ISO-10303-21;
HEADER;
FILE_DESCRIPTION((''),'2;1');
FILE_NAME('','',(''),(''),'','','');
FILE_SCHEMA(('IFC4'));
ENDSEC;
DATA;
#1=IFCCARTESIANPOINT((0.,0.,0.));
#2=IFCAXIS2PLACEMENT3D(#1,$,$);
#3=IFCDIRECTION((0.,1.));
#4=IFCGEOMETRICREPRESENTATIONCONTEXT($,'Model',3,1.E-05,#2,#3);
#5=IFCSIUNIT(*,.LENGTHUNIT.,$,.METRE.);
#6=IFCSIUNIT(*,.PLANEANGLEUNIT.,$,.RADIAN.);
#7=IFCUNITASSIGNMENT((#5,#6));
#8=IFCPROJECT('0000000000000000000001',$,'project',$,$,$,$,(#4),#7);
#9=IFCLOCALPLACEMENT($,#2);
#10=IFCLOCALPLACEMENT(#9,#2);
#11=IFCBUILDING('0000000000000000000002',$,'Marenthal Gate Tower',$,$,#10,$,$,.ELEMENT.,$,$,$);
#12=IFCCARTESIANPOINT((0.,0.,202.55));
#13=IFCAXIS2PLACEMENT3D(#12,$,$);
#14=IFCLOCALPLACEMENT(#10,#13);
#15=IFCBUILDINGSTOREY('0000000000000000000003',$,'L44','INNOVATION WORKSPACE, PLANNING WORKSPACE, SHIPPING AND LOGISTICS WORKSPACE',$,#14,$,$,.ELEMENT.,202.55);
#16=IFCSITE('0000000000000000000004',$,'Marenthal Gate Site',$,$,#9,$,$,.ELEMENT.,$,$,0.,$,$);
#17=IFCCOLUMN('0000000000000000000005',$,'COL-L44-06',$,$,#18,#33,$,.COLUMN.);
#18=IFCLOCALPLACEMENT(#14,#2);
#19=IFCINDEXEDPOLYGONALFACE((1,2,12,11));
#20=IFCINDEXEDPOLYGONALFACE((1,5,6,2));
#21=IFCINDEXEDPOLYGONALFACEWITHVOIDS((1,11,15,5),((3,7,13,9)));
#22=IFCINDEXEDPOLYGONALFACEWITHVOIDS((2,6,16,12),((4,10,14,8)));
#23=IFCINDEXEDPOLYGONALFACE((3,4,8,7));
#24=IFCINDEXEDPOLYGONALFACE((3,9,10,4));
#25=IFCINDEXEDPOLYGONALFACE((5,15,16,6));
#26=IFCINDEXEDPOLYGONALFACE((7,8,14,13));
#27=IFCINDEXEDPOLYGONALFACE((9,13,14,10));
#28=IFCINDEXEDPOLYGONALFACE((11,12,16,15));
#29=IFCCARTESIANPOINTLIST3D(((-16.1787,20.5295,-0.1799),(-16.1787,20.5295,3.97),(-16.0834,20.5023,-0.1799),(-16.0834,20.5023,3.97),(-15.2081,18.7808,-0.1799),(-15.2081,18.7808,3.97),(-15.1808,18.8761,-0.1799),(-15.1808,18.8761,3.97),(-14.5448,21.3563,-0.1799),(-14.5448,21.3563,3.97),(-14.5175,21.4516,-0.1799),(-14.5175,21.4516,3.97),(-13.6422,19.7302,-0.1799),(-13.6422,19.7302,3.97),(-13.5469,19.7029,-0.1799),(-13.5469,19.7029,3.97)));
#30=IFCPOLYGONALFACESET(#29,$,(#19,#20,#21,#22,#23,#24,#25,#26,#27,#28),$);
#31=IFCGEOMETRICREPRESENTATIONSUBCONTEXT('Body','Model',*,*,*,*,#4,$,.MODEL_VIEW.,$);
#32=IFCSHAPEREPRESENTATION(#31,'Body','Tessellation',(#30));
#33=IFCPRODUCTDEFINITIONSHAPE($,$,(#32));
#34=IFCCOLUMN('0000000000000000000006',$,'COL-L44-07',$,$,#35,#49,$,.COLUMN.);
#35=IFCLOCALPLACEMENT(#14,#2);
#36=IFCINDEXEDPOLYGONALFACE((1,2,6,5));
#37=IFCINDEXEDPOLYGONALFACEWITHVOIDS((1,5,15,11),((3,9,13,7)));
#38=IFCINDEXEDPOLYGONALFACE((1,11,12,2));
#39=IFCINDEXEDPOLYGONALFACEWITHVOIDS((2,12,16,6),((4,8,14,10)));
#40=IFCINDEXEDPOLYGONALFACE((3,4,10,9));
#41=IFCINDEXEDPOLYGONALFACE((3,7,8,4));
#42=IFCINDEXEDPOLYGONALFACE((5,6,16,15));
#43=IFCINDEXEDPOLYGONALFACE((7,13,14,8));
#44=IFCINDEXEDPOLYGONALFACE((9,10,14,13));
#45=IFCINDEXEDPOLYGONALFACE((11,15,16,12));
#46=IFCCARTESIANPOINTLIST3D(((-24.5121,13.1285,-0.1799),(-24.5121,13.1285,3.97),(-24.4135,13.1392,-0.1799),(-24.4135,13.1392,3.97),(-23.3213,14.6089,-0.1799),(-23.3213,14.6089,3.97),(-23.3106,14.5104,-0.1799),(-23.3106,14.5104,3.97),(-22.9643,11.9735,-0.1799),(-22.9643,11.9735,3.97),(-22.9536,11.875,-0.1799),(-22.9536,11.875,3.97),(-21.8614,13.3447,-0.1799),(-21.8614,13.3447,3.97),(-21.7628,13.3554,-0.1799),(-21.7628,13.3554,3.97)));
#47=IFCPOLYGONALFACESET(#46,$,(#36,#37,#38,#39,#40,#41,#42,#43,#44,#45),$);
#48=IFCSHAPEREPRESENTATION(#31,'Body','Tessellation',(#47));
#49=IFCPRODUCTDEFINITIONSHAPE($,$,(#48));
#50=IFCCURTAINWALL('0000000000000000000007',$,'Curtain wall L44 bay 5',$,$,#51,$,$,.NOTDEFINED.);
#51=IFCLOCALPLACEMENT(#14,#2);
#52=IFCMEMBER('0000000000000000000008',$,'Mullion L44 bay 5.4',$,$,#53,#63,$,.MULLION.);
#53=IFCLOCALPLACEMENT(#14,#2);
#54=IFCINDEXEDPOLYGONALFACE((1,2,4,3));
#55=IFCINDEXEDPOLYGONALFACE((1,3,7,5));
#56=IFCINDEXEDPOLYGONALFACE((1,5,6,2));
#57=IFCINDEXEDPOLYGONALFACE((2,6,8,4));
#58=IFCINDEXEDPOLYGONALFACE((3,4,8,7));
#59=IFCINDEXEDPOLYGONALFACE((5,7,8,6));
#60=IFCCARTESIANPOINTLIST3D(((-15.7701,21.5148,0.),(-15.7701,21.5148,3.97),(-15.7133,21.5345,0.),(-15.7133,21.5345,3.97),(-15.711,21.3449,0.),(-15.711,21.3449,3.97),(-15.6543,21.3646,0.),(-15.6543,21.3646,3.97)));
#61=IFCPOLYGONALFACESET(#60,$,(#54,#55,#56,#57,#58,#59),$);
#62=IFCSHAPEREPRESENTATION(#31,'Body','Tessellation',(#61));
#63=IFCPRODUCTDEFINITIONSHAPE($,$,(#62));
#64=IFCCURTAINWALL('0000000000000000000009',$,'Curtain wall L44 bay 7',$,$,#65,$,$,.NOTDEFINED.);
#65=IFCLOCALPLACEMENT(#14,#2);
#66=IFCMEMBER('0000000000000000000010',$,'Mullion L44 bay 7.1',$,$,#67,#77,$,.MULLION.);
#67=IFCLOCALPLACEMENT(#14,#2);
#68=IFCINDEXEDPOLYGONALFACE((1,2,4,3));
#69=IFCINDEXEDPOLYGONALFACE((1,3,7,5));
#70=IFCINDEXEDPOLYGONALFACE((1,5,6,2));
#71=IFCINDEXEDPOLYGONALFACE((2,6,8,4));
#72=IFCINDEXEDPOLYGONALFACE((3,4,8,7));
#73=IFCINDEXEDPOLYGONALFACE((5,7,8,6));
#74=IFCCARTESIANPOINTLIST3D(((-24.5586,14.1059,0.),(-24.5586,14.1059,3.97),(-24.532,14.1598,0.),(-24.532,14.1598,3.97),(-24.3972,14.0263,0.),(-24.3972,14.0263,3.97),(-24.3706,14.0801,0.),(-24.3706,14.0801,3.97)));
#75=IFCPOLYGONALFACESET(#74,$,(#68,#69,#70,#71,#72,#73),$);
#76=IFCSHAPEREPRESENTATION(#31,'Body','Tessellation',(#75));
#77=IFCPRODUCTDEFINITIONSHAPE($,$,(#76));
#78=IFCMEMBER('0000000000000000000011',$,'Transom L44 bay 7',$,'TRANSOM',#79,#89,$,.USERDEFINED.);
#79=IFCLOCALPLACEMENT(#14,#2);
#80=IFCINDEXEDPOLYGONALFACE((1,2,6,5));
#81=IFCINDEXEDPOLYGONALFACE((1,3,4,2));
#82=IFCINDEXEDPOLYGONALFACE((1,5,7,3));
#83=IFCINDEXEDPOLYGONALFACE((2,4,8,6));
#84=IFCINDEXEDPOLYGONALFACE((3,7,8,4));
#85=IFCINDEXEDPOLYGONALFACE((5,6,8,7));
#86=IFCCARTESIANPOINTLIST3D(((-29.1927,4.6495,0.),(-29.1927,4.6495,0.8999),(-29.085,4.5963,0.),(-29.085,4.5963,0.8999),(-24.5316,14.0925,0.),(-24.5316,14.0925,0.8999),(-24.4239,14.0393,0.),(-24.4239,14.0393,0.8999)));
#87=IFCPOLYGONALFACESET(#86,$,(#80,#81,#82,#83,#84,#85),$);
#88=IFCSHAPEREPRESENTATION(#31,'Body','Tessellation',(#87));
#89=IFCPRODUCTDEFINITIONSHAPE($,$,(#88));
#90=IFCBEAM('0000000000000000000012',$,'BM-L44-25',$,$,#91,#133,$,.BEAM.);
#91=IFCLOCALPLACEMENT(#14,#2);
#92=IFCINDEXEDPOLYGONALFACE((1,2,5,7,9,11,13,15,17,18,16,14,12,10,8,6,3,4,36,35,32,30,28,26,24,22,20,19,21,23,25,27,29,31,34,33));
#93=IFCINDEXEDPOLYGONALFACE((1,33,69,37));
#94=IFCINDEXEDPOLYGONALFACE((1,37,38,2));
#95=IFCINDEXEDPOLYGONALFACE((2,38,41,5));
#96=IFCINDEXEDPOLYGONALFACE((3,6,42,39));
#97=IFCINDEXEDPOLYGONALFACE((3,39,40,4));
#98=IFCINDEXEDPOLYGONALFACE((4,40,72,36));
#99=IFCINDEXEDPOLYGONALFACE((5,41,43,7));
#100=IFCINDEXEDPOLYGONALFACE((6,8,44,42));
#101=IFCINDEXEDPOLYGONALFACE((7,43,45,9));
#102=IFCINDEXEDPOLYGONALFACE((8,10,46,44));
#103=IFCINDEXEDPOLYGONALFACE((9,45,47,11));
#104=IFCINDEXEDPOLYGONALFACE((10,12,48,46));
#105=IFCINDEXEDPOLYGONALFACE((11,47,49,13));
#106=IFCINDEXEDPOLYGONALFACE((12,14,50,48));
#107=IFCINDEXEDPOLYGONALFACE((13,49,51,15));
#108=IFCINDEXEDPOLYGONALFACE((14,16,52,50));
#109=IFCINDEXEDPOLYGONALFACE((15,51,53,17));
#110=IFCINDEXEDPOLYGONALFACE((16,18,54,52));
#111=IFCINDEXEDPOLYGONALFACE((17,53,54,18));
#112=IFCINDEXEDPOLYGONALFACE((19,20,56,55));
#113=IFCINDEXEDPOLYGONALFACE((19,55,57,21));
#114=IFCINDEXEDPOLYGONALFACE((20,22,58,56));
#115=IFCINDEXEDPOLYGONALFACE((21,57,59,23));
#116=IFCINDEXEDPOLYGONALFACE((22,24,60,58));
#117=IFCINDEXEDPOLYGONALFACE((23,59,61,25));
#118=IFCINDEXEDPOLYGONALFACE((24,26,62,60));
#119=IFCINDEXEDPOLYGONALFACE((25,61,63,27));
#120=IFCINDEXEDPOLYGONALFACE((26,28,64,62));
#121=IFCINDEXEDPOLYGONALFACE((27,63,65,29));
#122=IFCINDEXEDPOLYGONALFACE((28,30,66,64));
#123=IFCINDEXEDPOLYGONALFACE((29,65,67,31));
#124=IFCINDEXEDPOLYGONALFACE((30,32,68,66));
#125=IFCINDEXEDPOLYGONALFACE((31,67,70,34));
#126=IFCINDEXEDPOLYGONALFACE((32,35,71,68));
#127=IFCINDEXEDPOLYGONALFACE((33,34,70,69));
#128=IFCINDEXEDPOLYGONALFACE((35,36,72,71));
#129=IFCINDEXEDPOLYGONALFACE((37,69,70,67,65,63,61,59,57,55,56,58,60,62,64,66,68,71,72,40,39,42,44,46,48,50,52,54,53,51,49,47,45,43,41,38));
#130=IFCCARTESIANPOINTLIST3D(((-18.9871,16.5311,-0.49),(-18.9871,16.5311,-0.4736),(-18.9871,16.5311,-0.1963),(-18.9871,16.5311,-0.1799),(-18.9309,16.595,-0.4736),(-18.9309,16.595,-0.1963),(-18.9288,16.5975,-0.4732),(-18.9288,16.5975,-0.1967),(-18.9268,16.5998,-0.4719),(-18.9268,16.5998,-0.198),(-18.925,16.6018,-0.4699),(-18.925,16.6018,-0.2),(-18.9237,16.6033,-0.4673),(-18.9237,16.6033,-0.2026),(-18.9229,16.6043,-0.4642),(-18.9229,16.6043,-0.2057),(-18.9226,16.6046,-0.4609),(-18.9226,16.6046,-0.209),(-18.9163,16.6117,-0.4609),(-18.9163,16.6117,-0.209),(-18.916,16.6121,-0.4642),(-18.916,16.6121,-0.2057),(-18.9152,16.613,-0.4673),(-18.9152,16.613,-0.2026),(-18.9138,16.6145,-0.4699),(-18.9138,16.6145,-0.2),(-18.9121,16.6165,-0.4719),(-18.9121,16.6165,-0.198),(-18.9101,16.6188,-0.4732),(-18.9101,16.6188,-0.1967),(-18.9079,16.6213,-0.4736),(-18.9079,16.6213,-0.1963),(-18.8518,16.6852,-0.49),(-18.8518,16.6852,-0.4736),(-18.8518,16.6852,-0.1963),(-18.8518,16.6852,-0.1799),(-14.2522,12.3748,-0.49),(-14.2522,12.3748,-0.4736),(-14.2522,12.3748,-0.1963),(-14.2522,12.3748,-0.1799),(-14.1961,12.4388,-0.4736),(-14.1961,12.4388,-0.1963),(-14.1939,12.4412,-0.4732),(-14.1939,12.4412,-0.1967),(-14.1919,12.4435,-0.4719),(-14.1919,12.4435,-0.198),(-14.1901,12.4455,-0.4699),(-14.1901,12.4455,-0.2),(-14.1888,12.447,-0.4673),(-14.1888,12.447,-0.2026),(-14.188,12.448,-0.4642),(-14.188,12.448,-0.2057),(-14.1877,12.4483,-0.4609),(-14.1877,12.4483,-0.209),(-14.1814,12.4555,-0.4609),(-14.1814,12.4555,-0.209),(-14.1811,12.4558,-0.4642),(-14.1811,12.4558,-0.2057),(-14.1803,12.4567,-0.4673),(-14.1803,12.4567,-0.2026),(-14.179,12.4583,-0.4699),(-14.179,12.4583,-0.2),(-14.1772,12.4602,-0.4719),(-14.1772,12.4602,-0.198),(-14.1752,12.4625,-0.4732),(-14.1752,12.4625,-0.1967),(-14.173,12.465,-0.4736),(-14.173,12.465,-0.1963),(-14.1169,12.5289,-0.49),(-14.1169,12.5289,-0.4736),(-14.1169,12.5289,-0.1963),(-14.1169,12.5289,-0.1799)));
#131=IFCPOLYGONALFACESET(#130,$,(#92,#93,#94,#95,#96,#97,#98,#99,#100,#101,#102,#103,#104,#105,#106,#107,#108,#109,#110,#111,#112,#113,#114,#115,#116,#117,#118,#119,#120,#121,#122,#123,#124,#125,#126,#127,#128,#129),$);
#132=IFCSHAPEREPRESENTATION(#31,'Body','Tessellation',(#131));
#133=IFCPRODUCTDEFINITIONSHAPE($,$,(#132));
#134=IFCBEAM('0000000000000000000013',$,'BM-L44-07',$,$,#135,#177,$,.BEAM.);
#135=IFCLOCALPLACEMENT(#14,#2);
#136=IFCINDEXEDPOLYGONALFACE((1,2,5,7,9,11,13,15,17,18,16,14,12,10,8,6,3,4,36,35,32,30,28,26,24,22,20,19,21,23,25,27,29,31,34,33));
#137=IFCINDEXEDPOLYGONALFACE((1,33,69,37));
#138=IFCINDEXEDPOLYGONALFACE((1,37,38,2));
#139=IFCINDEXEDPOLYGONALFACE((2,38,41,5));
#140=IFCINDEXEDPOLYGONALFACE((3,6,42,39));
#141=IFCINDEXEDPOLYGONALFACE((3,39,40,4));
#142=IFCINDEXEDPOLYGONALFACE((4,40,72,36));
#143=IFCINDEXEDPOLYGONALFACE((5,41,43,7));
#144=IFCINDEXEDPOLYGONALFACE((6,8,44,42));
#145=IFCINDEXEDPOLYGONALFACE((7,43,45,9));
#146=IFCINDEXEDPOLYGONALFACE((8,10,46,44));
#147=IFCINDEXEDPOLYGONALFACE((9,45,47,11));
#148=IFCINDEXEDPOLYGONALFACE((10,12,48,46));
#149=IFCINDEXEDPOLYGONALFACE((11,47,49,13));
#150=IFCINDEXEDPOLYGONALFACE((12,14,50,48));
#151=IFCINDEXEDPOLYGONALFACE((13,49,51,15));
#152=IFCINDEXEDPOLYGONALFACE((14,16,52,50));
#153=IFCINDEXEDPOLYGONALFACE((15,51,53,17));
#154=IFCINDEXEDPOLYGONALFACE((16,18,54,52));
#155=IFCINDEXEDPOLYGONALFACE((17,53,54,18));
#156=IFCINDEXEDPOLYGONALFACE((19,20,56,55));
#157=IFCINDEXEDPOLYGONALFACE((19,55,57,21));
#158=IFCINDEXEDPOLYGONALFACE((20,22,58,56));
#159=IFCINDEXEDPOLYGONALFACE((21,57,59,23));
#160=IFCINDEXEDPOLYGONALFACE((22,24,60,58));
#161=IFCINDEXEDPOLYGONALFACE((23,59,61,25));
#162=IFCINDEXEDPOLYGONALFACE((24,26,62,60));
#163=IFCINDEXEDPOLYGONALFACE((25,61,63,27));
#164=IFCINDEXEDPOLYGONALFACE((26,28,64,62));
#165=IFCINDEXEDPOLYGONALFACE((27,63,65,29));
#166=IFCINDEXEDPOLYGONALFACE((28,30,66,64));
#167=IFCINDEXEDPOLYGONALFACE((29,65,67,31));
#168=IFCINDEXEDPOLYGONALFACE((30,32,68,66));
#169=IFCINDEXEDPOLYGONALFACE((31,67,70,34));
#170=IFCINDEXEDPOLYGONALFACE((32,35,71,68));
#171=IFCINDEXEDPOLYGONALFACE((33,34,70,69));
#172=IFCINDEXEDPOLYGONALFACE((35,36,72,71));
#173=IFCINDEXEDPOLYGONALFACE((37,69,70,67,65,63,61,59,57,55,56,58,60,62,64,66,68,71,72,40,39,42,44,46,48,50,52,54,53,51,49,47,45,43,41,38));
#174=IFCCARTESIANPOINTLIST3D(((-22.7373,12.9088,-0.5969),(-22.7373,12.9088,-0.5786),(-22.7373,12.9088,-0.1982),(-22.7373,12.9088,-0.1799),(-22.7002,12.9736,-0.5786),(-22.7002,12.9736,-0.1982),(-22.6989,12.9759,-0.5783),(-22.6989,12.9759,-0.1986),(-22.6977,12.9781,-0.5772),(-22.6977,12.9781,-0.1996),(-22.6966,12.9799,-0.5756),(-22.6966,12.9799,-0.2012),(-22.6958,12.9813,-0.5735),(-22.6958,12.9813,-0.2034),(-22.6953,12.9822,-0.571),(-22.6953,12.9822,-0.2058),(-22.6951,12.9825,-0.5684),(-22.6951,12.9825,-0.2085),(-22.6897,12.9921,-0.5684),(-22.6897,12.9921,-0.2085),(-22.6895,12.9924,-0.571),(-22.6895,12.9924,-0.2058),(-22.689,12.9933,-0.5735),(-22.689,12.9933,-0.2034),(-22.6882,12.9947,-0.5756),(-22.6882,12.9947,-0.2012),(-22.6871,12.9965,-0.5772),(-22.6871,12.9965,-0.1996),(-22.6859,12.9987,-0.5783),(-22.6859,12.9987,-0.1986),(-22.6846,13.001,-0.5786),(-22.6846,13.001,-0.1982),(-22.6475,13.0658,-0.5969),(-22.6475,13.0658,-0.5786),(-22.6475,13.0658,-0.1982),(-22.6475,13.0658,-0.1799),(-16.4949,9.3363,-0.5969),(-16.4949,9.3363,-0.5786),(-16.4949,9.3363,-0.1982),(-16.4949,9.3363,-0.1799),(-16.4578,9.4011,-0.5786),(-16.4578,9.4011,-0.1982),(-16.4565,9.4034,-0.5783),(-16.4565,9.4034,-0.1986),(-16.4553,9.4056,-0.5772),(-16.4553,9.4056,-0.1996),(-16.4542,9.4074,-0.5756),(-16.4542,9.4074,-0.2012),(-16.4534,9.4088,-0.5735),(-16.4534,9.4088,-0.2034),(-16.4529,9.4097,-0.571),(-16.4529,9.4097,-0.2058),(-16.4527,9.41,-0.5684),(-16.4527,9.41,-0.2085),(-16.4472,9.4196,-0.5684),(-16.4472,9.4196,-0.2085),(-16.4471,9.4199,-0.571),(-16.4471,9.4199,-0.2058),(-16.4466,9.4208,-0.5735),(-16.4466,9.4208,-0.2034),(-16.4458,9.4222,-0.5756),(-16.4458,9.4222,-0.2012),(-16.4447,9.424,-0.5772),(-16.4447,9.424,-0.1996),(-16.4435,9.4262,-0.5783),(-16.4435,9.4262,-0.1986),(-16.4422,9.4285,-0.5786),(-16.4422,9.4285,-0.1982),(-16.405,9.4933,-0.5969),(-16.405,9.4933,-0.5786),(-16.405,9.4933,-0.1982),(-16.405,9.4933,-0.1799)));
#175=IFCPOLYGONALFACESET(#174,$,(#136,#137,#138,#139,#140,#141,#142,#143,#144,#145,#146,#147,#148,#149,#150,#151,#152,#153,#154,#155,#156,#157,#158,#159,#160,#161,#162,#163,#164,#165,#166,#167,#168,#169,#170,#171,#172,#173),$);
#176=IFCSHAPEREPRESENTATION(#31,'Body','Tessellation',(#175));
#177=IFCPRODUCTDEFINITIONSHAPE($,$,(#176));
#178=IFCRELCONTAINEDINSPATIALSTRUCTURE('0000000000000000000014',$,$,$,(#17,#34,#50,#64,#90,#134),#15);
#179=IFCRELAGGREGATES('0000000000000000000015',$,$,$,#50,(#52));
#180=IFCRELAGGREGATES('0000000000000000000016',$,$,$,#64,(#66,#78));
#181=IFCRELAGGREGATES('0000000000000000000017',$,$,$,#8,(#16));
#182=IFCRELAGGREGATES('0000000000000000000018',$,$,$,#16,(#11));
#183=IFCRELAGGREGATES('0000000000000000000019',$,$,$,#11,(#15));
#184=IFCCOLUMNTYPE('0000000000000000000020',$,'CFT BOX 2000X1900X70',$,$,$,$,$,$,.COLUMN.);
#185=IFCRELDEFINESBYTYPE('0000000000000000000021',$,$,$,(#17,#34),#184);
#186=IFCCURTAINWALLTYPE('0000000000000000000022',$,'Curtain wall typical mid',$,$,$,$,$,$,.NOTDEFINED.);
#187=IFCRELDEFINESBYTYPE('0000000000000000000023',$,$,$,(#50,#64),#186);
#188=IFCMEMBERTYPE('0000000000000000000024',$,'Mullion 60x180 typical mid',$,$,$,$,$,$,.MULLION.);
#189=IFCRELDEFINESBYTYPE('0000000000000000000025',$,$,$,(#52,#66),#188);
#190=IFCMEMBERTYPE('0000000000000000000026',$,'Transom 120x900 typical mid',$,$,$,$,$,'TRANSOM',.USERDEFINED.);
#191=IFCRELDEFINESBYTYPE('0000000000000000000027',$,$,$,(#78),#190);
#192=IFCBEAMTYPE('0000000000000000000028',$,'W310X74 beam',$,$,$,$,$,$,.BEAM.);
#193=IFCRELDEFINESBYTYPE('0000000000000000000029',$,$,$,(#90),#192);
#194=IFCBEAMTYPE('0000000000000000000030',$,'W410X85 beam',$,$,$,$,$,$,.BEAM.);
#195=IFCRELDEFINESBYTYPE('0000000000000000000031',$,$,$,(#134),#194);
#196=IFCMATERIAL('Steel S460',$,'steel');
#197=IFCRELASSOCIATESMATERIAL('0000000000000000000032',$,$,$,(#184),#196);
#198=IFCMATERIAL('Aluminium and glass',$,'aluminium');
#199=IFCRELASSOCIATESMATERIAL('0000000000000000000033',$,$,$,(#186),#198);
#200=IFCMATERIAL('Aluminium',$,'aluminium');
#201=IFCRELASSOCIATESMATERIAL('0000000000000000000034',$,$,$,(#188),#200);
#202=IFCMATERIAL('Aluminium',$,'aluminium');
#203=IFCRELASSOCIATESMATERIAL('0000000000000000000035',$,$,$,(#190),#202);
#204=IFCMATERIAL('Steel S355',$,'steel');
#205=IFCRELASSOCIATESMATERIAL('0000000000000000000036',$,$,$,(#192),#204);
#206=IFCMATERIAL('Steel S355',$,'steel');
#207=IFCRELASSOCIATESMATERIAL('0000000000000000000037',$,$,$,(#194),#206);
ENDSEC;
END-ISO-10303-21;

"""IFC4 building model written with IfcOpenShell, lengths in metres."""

from ifc_helpers import new_model, si_unit, direction, frame, origin, origin_2d, place, context, subcontext, project, spatial, rectangle, hollow_rectangle, i_section, extrude, material, material_profile, profile_set, type_object, element, aggregate, save


model = new_model("IFC4")

# Units and contexts
model_context = context("Model", 3, precision=1e-05, world=origin(), true_north=direction((0.0, 1.0)))
body_context = subcontext(model_context, "Body", "Model", "MODEL_VIEW")
ifc_project = project(units=[si_unit("LENGTHUNIT", "METRE"), si_unit("PLANEANGLEUNIT", "RADIAN")], contexts=[model_context])

# Site, building, storey
site_placement = place(None, origin())
site = spatial("IfcSite", under=ifc_project, at=site_placement, Name="Marenthal Gate Site", CompositionType="ELEMENT", RefElevation=0.0)
building_placement = place(site_placement, origin())
building = spatial("IfcBuilding", under=site, at=building_placement, Name="Marenthal Gate Tower", CompositionType="ELEMENT")
storey_placement = place(building_placement, frame((0.0, 0.0, 202.55)))
storey = spatial("IfcBuildingStorey", under=building, at=storey_placement, Name="L44", Description="INNOVATION WORKSPACE, PLANNING WORKSPACE, SHIPPING AND LOGISTICS WORKSPACE", CompositionType="ELEMENT", Elevation=202.55)

# Columns
ifc_material_1 = material(Name="Steel S460", Category="steel")
ifc_material_profile_1 = material_profile(ifc_material_1, hollow_rectangle(XDim=1.8999, YDim=2.0, WallThickness=0.0701, at=origin_2d()), Name="CFT BOX 2000X1900X70")
ifc_material_2 = material(Name="Concrete 70 MPa", Category="concrete")
ifc_material_profile_2 = material_profile(ifc_material_2, rectangle(XDim=1.76, YDim=1.8601, at=origin_2d()), Name="CFT BOX 2000X1900X70 INFILL")
ifc_profile_set_1 = profile_set([ifc_material_profile_1, ifc_material_profile_2], Name="Steel S460 shell, Concrete 70 MPa infill")
column_type = type_object("IfcColumnType", Name="CFT BOX 2000X1900X70", PredefinedType="COLUMN", material=ifc_profile_set_1)
for number, where, z_axis, x_axis, name in (
    (1, (-14.8628, 20.1162, -0.1799), (0.0, 0.0, 1.0), (0.874337, 0.485319, 0.0), "COL-L44-06"),
    (2, (-23.1375, 13.2419, -0.1799), (0.0, 0.0, 1.0), (0.626752, 0.779219, 0.0), "COL-L44-07"),
):
    element("IfcColumn", number, at=place(storey_placement, frame(where, z_axis=z_axis, x_axis=x_axis)), inside=storey, type_object=column_type, Name=name, PredefinedType="COLUMN", context=body_context, shape_type="SweptSolid", body=[
        extrude(hollow_rectangle(XDim=1.8999, YDim=2.0, WallThickness=0.0701, at=origin_2d()), origin(), (0.0, 0.0, 1.0), 4.1499),
    ])

# Curtain wall, member
ifc_material_3 = material(Name="Aluminium and glass", Category="aluminium")
curtain_wall_type = type_object("IfcCurtainWallType", Name="Curtain wall typical mid", PredefinedType="NOTDEFINED", material=ifc_material_3)
curtain_wall_1_placement = place(storey_placement, origin())
curtain_wall_1 = element("IfcCurtainWall", 3, at=curtain_wall_1_placement, inside=storey, type_object=curtain_wall_type, Name="Curtain wall L44 bay 5", PredefinedType="NOTDEFINED")
ifc_material_4 = material(Name="Aluminium", Category="aluminium")
ifc_material_profile_3 = material_profile(ifc_material_4, rectangle(XDim=0.1799, YDim=0.0601, at=origin_2d()), Name="60x180 aluminium mullion")
ifc_profile_set_2 = profile_set([ifc_material_profile_3], Name="Aluminium")
member_type_1 = type_object("IfcMemberType", Name="Mullion 60x180 typical mid", PredefinedType="MULLION", material=ifc_profile_set_2)
member_1_placement = place(storey_placement, frame((-15.7122, 21.4397, 0.0), z_axis=(0.0, 0.0, 1.0), x_axis=(0.328332, -0.944562, 0.0)))
member_1 = element("IfcMember", 4, at=member_1_placement, type_object=member_type_1, Name="Mullion L44 bay 5.4", PredefinedType="MULLION", context=body_context, shape_type="SweptSolid", body=[
    extrude(rectangle(XDim=0.1799, YDim=0.0601, at=origin_2d()), origin(), (0.0, 0.0, 1.0), 3.97),
])
aggregate(curtain_wall_1, [member_1])

# Curtain wall, members
curtain_wall_2_placement = place(storey_placement, origin())
curtain_wall_2 = element("IfcCurtainWall", 5, at=curtain_wall_2_placement, inside=storey, type_object=curtain_wall_type, Name="Curtain wall L44 bay 7", PredefinedType="NOTDEFINED")
member_2_placement = place(storey_placement, frame((-24.4646, 14.093, 0.0), z_axis=(0.0, 0.0, 1.0), x_axis=(0.896716, -0.442607, 0.0)))
member_2 = element("IfcMember", 6, at=member_2_placement, type_object=member_type_1, Name="Mullion L44 bay 7.1", PredefinedType="MULLION", context=body_context, shape_type="SweptSolid", body=[
    extrude(rectangle(XDim=0.1799, YDim=0.0601, at=origin_2d()), origin(), (0.0, 0.0, 1.0), 3.97),
])
ifc_material_5 = material(Name="Aluminium", Category="aluminium")
ifc_material_profile_4 = material_profile(ifc_material_5, rectangle(XDim=0.1201, YDim=0.8999, at=origin_2d()), Name="120x900 aluminium transom")
ifc_profile_set_3 = profile_set([ifc_material_profile_4], Name="Aluminium")
member_type_2 = type_object("IfcMemberType", Name="Transom 120x900 typical mid", ElementType="TRANSOM", PredefinedType="USERDEFINED", material=ifc_profile_set_3)
member_3_placement = place(storey_placement, frame((-24.4778, 14.0659, 0.45), z_axis=(-0.442617, -0.896711, 0.0), x_axis=(0.896711, -0.442617, 0.0)))
member_3 = element("IfcMember", 7, at=member_3_placement, type_object=member_type_2, Name="Transom L44 bay 7", ObjectType="TRANSOM", PredefinedType="USERDEFINED", context=body_context, shape_type="SweptSolid", body=[
    extrude(rectangle(XDim=0.1201, YDim=0.8999, at=origin_2d()), origin(), (0.0, 0.0, 1.0), 10.5308),
])

# Beams
ifc_material_6 = material(Name="Steel S355", Category="steel")
ifc_material_profile_5 = material_profile(ifc_material_6, i_section(OverallWidth=0.2051, OverallDepth=0.3101, WebThickness=0.0095, FlangeThickness=0.0164, FilletRadius=0.0127, at=origin_2d()), Name="W310X74")
ifc_profile_set_4 = profile_set([ifc_material_profile_5], Name="Steel S355")
beam_type_1 = type_object("IfcBeamType", Name="W310X74 beam", PredefinedType="BEAM", material=ifc_profile_set_4)
beam_1_placement = place(storey_placement, frame((-18.9194, 16.6082, -0.335), z_axis=(0.751534, -0.659694, 0.0), x_axis=(0.659694, 0.751534, 0.0)))
element("IfcBeam", 8, at=beam_1_placement, inside=storey, type_object=beam_type_1, Name="BM-L44-25", PredefinedType="BEAM", context=body_context, shape_type="SweptSolid", body=[
    extrude(i_section(OverallWidth=0.2051, OverallDepth=0.3101, WebThickness=0.0095, FlangeThickness=0.0164, FilletRadius=0.0127, at=origin_2d()), origin(), (0.0, 0.0, 1.0), 6.3003),
])
ifc_material_7 = material(Name="Steel S355", Category="steel")
ifc_material_profile_6 = material_profile(ifc_material_7, i_section(OverallWidth=0.1809, OverallDepth=0.417, WebThickness=0.011, FlangeThickness=0.0183, FilletRadius=0.0103, at=origin_2d()), Name="W410X85")
ifc_profile_set_5 = profile_set([ifc_material_profile_6], Name="Steel S355")
beam_type_2 = type_object("IfcBeamType", Name="W410X85 beam", PredefinedType="BEAM", material=ifc_profile_set_5)
beam_2_placement = place(storey_placement, frame((-22.6924, 12.9873, -0.3884), z_axis=(0.867919, -0.496705, 0.0), x_axis=(0.496705, 0.867919, 0.0)))
element("IfcBeam", 9, at=beam_2_placement, inside=storey, type_object=beam_type_2, Name="BM-L44-07", PredefinedType="BEAM", context=body_context, shape_type="SweptSolid", body=[
    extrude(i_section(OverallWidth=0.1809, OverallDepth=0.417, WebThickness=0.011, FlangeThickness=0.0183, FilletRadius=0.0103, at=origin_2d()), origin(), (0.0, 0.0, 1.0), 7.1924),
])

aggregate(curtain_wall_2, [member_2, member_3])

save(model, "model.ifc")
